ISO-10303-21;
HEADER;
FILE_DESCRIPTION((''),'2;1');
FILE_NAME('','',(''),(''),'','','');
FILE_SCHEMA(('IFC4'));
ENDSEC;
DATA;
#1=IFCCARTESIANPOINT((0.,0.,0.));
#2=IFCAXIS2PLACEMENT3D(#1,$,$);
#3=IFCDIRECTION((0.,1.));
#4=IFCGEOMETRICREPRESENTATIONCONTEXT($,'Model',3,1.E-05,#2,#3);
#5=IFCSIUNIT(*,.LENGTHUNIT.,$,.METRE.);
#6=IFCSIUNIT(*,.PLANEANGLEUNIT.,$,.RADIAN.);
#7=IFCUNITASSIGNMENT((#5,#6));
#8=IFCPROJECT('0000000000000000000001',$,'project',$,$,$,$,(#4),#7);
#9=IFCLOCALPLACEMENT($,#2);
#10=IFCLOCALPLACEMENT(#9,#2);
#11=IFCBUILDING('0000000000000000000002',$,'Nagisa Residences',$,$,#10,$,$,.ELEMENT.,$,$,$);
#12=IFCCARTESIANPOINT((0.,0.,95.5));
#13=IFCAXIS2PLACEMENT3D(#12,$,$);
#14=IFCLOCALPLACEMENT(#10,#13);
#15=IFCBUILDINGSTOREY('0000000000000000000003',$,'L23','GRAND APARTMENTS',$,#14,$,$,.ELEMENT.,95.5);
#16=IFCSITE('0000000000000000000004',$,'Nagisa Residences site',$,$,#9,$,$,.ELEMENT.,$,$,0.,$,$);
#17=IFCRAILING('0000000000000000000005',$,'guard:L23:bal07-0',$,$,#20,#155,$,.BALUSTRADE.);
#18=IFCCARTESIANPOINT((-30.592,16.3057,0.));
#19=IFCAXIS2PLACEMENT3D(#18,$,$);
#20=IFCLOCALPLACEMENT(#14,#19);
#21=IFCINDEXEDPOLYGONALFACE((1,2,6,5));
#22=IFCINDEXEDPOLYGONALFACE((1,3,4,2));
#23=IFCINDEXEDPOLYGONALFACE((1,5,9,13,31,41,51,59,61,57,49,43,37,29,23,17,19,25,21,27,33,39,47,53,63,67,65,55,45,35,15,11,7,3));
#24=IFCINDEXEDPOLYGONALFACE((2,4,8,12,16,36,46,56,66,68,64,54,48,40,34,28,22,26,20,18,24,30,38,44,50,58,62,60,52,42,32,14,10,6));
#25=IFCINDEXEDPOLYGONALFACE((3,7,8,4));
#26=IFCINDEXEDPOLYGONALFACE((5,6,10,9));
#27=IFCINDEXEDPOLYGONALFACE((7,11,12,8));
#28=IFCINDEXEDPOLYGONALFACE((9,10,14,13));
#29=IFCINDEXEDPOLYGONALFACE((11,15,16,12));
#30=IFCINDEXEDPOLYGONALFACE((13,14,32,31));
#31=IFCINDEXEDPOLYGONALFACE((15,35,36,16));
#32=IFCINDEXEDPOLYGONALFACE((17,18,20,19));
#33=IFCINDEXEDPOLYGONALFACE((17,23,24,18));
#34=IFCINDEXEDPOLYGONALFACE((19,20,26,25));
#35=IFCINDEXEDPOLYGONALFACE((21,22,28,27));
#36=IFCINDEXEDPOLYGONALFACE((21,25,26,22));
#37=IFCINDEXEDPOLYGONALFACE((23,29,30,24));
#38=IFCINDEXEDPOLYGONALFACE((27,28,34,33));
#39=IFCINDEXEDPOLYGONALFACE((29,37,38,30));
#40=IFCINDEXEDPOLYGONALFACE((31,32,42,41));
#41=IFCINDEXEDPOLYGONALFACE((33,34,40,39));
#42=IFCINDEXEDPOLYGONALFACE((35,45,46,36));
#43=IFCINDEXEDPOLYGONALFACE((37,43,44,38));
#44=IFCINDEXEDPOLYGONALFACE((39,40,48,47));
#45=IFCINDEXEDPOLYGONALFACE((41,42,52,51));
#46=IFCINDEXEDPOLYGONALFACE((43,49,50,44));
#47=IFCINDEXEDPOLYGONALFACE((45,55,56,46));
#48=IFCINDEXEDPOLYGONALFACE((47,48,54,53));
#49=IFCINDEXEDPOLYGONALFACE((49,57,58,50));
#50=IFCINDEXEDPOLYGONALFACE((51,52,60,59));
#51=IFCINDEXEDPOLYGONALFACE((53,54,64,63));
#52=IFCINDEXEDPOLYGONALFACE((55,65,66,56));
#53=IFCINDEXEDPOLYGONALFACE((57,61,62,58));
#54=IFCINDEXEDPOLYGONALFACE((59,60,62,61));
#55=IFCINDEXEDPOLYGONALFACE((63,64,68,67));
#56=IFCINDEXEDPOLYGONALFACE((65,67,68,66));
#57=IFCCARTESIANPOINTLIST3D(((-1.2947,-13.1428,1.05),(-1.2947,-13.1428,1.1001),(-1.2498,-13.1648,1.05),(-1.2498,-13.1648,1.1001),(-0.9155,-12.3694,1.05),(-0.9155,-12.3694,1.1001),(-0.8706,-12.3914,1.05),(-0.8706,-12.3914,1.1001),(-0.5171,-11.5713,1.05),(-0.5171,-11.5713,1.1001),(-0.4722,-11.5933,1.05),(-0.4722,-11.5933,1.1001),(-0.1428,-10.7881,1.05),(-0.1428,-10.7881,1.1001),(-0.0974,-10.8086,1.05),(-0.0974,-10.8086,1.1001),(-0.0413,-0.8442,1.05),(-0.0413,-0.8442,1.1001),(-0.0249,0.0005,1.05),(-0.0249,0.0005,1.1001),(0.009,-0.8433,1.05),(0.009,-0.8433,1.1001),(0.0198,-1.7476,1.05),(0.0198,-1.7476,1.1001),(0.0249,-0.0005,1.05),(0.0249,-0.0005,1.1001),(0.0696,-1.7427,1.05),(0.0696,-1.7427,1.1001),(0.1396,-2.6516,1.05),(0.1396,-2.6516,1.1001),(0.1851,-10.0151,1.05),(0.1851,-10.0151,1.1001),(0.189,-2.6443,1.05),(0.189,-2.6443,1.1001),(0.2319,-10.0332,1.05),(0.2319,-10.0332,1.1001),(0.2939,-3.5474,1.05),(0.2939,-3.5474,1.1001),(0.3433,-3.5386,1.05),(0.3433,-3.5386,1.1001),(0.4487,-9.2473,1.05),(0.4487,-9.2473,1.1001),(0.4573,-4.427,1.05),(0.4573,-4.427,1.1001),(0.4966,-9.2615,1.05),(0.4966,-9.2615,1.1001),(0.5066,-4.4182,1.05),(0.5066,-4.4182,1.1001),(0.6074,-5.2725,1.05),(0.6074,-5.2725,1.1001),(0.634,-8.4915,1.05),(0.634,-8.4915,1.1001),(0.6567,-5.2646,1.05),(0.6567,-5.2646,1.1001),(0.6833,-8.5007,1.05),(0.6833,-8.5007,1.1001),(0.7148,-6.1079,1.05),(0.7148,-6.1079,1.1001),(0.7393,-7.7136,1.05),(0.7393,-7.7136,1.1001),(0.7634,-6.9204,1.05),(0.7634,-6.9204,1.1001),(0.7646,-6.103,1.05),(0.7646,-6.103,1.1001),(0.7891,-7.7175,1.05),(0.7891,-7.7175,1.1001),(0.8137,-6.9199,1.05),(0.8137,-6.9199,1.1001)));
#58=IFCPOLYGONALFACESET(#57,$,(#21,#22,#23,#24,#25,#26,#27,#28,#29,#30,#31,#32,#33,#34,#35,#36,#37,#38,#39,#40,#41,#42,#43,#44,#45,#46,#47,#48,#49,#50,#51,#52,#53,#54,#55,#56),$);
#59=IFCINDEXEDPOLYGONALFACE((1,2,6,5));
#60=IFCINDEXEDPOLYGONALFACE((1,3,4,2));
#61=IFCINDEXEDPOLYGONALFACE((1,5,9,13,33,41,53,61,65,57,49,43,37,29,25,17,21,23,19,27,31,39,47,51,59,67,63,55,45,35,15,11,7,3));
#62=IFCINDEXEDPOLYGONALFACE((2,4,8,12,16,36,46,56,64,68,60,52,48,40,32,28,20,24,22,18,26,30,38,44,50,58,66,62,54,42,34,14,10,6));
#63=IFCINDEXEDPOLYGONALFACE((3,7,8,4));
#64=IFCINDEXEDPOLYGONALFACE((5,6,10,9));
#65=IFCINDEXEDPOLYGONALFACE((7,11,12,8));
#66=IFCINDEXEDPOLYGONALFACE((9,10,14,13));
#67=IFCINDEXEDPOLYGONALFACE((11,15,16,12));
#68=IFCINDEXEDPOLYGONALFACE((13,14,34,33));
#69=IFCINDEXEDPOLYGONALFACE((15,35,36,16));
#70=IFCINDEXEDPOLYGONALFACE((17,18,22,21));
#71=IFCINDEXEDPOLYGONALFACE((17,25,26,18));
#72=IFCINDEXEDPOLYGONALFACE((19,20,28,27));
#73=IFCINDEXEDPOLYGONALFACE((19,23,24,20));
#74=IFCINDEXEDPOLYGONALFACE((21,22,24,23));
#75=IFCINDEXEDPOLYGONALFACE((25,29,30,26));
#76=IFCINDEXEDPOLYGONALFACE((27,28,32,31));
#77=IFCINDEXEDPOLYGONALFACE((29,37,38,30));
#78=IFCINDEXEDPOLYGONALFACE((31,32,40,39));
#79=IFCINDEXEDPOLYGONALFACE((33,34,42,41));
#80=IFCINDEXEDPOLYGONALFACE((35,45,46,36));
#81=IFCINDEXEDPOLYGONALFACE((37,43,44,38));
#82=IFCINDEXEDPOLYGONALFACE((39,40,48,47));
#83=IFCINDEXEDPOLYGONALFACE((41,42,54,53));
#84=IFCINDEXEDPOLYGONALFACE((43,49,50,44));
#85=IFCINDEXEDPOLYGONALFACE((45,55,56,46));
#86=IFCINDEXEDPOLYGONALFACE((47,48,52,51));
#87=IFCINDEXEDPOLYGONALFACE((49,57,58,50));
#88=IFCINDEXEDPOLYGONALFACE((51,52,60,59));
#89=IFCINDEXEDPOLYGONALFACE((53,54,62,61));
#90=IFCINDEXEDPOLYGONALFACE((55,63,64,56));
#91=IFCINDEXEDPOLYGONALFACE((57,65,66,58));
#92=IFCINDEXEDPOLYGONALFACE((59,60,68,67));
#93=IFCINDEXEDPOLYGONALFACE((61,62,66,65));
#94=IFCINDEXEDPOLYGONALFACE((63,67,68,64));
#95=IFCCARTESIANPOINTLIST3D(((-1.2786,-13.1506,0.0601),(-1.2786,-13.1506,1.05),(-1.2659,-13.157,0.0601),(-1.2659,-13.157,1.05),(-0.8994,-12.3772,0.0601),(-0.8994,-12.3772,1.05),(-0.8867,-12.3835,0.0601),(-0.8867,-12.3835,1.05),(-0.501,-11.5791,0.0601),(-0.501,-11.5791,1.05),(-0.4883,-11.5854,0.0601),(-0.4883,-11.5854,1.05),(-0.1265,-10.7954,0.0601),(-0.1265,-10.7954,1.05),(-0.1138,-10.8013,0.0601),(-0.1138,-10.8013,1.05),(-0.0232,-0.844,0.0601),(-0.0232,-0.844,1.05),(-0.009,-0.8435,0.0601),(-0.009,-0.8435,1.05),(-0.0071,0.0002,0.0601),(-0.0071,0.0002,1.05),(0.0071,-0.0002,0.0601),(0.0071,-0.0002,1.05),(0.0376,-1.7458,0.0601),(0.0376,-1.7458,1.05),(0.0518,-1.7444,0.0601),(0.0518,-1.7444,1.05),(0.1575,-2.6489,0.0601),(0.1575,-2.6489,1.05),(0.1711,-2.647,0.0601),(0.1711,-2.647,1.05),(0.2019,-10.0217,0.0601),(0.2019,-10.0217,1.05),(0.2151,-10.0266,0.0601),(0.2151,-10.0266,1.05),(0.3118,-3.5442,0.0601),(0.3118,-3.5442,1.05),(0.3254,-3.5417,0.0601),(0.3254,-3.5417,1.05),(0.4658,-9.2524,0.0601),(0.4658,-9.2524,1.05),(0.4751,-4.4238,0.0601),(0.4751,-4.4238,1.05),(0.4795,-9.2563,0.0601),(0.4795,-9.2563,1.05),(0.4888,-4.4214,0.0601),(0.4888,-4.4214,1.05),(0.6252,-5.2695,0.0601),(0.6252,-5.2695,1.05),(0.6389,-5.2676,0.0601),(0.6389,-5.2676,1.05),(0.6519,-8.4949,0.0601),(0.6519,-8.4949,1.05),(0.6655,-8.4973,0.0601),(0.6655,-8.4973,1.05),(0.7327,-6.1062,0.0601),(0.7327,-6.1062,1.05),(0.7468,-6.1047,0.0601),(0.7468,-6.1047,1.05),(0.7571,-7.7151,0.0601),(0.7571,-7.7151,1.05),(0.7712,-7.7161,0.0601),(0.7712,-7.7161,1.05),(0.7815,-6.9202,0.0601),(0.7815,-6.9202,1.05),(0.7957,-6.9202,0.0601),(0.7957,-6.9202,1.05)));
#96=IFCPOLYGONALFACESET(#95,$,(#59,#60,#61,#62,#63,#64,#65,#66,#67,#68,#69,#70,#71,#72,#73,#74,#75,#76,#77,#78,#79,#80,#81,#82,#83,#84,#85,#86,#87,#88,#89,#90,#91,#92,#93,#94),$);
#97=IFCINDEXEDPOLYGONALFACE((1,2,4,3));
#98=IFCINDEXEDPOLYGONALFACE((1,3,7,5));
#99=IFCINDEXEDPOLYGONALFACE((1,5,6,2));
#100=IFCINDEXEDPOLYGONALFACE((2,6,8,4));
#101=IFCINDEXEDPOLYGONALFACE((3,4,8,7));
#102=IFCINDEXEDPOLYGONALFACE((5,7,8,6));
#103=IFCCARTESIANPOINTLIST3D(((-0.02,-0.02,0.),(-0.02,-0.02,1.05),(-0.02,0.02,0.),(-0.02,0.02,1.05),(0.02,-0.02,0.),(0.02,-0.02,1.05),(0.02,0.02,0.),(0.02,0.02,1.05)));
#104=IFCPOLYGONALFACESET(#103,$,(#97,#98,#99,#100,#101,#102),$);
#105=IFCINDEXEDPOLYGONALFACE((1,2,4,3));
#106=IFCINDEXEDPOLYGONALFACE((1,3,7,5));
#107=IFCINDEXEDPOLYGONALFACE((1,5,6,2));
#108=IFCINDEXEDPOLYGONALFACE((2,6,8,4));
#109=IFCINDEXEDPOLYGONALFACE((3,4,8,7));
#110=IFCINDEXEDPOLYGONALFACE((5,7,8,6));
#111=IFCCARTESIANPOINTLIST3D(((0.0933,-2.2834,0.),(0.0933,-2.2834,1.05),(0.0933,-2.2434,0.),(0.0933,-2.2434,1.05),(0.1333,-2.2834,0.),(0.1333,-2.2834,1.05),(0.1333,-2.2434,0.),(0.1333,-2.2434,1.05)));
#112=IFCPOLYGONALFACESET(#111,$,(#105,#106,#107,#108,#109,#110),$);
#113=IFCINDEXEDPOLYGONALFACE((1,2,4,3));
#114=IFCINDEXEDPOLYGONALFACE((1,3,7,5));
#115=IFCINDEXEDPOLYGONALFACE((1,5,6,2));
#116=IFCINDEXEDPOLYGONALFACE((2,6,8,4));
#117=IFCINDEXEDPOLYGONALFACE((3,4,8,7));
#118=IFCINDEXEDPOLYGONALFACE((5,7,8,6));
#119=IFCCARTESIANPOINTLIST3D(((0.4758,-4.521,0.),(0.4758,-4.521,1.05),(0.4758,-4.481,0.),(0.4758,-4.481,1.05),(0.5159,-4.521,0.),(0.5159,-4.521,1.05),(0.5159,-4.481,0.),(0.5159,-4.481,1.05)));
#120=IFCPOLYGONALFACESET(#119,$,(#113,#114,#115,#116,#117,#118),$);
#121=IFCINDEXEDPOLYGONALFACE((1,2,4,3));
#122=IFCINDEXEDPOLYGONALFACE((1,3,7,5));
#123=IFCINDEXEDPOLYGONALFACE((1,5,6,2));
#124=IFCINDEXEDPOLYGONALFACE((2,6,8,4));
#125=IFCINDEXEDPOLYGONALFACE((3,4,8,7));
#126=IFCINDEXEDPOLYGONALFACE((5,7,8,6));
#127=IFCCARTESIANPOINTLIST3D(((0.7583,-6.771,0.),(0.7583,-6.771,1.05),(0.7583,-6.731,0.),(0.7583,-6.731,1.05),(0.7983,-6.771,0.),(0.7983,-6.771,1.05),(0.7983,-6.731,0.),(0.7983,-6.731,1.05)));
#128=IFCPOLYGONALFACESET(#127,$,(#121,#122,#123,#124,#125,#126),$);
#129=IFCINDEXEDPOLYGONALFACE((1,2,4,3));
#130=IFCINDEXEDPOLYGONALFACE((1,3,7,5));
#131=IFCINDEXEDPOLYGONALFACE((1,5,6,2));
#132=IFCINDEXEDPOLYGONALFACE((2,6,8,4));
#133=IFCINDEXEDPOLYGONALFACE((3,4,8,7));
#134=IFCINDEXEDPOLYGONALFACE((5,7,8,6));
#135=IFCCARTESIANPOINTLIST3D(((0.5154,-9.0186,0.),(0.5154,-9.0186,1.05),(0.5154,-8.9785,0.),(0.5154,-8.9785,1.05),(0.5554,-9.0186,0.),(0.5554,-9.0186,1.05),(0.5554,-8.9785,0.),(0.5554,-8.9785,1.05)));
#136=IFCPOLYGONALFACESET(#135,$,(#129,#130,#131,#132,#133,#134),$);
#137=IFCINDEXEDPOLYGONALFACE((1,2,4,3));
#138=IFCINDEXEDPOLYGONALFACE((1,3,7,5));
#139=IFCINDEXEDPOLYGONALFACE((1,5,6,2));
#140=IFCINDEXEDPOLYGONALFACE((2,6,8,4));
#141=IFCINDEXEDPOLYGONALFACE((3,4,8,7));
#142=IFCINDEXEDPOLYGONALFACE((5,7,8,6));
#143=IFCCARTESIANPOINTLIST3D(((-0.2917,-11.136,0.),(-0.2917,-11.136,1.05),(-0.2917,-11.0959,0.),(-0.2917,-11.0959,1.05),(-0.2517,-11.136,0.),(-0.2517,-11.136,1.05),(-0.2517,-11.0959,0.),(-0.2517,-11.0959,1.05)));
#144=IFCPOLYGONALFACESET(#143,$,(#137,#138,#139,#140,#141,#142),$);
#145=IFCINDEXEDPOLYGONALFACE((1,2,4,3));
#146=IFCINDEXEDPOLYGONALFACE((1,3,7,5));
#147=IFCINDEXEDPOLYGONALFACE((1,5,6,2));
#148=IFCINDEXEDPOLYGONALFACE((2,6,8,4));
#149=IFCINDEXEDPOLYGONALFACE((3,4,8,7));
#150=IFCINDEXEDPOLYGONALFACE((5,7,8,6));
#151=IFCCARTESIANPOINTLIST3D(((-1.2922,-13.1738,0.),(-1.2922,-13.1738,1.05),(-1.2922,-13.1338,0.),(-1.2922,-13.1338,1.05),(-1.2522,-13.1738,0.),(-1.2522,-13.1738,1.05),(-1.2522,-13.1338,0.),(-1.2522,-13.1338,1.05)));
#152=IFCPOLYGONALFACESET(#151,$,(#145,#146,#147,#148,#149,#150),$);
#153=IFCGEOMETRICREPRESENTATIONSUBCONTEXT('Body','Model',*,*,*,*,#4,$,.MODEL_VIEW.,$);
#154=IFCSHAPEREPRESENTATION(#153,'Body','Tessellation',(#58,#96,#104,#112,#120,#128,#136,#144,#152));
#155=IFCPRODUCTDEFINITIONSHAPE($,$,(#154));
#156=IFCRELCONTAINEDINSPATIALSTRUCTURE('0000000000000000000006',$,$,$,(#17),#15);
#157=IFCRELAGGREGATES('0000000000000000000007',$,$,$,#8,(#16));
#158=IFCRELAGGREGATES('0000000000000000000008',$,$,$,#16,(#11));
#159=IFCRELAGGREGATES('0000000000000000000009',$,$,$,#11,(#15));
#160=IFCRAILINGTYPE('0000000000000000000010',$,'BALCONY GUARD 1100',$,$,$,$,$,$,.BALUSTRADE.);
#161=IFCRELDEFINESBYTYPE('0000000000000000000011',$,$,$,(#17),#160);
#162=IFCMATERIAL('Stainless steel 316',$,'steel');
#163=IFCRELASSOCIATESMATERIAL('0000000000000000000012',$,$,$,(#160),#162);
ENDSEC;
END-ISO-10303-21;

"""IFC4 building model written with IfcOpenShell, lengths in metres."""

from ifc_helpers import new_model, si_unit, direction, frame, origin, origin_2d, place, context, subcontext, project, spatial, polyline, rectangle, outline, extrude, material, type_object, element, save


model = new_model("IFC4")

# Units and contexts
model_context = context("Model", 3, precision=1e-05, world=origin(), true_north=direction((0.0, 1.0)))
body_context = subcontext(model_context, "Body", "Model", "MODEL_VIEW")
ifc_project = project(units=[si_unit("LENGTHUNIT", "METRE"), si_unit("PLANEANGLEUNIT", "RADIAN")], contexts=[model_context])

# Site, building, storey
site_placement = place(None, origin())
site = spatial("IfcSite", under=ifc_project, at=site_placement, Name="Nagisa Residences site", CompositionType="ELEMENT", RefElevation=0.0)
building_placement = place(site_placement, origin())
building = spatial("IfcBuilding", under=site, at=building_placement, Name="Nagisa Residences", CompositionType="ELEMENT")
storey_placement = place(building_placement, frame((0.0, 0.0, 95.5)))
storey = spatial("IfcBuildingStorey", under=building, at=storey_placement, Name="L23", Description="GRAND APARTMENTS", CompositionType="ELEMENT", Elevation=95.5)

# Railing
ifc_material_1 = material(Name="Stainless steel 316", Category="steel")
railing_type = type_object("IfcRailingType", Name="BALCONY GUARD 1100", PredefinedType="BALUSTRADE", material=ifc_material_1)
railing_1_placement = place(storey_placement, frame((-30.592, 16.3057, 0.0)))
element("IfcRailing", 1, at=railing_1_placement, inside=storey, type_object=railing_type, Name="guard:L23:bal07-0", PredefinedType="BALUSTRADE", context=body_context, shape_type="SweptSolid", body=[
    extrude(outline(polyline([(0.009, -0.8433), (0.0249, -0.0005), (-0.0249, 0.0005), (-0.0413, -0.8442), (0.0198, -1.7476), (0.1396, -2.6516), (0.2939, -3.5474), (0.4573, -4.427), (0.6074, -5.2725), (0.7148, -6.1079), (0.7634, -6.9204), (0.7393, -7.7136), (0.634, -8.4915), (0.4487, -9.2473), (0.1851, -10.0151), (-0.1428, -10.7881), (-0.5171, -11.5713), (-0.9155, -12.3694), (-1.2947, -13.1428), (-1.2498, -13.1648), (-0.8706, -12.3914), (-0.4722, -11.5933), (-0.0974, -10.8086), (0.2319, -10.0332), (0.4966, -9.2615), (0.6833, -8.5007), (0.7891, -7.7175), (0.8137, -6.9199), (0.7646, -6.103), (0.6567, -5.2646), (0.5066, -4.4182), (0.3433, -3.5386), (0.189, -2.6443), (0.0696, -1.7427), (0.009, -0.8433)])), frame((0.0, 0.0, 1.05)), (0.0, 0.0, 1.0), 0.05),
    extrude(outline(polyline([(-0.009, -0.8435), (0.0071, -0.0002), (-0.0071, 0.0002), (-0.0232, -0.844), (0.0376, -1.7458), (0.1575, -2.6489), (0.3118, -3.5442), (0.4751, -4.4238), (0.6252, -5.2695), (0.7327, -6.1062), (0.7815, -6.9202), (0.7571, -7.7151), (0.6519, -8.4949), (0.4658, -9.2524), (0.2019, -10.0217), (-0.1265, -10.7954), (-0.501, -11.5791), (-0.8994, -12.3772), (-1.2786, -13.1506), (-1.2659, -13.157), (-0.8867, -12.3835), (-0.4883, -11.5854), (-0.1138, -10.8013), (0.2151, -10.0266), (0.4795, -9.2563), (0.6655, -8.4973), (0.7712, -7.7161), (0.7957, -6.9202), (0.7468, -6.1047), (0.6389, -5.2676), (0.4888, -4.4214), (0.3254, -3.5417), (0.1711, -2.647), (0.0518, -1.7444), (-0.009, -0.8435)])), frame((0.0, 0.0, 0.0601)), (0.0, 0.0, 1.0), 0.99),
    extrude(rectangle(XDim=0.04, YDim=0.04, at=origin_2d()), origin(), (0.0, 0.0, 1.0), 1.05),
    extrude(rectangle(XDim=0.04, YDim=0.04, at=origin_2d()), frame((0.1133, -2.2634, 0.0)), (0.0, 0.0, 1.0), 1.05),
    extrude(rectangle(XDim=0.04, YDim=0.04, at=origin_2d()), frame((0.4958, -4.501, 0.0)), (0.0, 0.0, 1.0), 1.05),
    extrude(rectangle(XDim=0.04, YDim=0.04, at=origin_2d()), frame((0.7783, -6.751, 0.0)), (0.0, 0.0, 1.0), 1.05),
    extrude(rectangle(XDim=0.04, YDim=0.04, at=origin_2d()), frame((0.5354, -8.9985, 0.0)), (0.0, 0.0, 1.0), 1.05),
    extrude(rectangle(XDim=0.04, YDim=0.04, at=origin_2d()), frame((-0.2717, -11.116, 0.0)), (0.0, 0.0, 1.0), 1.05),
    extrude(rectangle(XDim=0.04, YDim=0.04, at=origin_2d()), frame((-1.2722, -13.1538, 0.0)), (0.0, 0.0, 1.0), 1.05),
])

save(model, "model.ifc")
